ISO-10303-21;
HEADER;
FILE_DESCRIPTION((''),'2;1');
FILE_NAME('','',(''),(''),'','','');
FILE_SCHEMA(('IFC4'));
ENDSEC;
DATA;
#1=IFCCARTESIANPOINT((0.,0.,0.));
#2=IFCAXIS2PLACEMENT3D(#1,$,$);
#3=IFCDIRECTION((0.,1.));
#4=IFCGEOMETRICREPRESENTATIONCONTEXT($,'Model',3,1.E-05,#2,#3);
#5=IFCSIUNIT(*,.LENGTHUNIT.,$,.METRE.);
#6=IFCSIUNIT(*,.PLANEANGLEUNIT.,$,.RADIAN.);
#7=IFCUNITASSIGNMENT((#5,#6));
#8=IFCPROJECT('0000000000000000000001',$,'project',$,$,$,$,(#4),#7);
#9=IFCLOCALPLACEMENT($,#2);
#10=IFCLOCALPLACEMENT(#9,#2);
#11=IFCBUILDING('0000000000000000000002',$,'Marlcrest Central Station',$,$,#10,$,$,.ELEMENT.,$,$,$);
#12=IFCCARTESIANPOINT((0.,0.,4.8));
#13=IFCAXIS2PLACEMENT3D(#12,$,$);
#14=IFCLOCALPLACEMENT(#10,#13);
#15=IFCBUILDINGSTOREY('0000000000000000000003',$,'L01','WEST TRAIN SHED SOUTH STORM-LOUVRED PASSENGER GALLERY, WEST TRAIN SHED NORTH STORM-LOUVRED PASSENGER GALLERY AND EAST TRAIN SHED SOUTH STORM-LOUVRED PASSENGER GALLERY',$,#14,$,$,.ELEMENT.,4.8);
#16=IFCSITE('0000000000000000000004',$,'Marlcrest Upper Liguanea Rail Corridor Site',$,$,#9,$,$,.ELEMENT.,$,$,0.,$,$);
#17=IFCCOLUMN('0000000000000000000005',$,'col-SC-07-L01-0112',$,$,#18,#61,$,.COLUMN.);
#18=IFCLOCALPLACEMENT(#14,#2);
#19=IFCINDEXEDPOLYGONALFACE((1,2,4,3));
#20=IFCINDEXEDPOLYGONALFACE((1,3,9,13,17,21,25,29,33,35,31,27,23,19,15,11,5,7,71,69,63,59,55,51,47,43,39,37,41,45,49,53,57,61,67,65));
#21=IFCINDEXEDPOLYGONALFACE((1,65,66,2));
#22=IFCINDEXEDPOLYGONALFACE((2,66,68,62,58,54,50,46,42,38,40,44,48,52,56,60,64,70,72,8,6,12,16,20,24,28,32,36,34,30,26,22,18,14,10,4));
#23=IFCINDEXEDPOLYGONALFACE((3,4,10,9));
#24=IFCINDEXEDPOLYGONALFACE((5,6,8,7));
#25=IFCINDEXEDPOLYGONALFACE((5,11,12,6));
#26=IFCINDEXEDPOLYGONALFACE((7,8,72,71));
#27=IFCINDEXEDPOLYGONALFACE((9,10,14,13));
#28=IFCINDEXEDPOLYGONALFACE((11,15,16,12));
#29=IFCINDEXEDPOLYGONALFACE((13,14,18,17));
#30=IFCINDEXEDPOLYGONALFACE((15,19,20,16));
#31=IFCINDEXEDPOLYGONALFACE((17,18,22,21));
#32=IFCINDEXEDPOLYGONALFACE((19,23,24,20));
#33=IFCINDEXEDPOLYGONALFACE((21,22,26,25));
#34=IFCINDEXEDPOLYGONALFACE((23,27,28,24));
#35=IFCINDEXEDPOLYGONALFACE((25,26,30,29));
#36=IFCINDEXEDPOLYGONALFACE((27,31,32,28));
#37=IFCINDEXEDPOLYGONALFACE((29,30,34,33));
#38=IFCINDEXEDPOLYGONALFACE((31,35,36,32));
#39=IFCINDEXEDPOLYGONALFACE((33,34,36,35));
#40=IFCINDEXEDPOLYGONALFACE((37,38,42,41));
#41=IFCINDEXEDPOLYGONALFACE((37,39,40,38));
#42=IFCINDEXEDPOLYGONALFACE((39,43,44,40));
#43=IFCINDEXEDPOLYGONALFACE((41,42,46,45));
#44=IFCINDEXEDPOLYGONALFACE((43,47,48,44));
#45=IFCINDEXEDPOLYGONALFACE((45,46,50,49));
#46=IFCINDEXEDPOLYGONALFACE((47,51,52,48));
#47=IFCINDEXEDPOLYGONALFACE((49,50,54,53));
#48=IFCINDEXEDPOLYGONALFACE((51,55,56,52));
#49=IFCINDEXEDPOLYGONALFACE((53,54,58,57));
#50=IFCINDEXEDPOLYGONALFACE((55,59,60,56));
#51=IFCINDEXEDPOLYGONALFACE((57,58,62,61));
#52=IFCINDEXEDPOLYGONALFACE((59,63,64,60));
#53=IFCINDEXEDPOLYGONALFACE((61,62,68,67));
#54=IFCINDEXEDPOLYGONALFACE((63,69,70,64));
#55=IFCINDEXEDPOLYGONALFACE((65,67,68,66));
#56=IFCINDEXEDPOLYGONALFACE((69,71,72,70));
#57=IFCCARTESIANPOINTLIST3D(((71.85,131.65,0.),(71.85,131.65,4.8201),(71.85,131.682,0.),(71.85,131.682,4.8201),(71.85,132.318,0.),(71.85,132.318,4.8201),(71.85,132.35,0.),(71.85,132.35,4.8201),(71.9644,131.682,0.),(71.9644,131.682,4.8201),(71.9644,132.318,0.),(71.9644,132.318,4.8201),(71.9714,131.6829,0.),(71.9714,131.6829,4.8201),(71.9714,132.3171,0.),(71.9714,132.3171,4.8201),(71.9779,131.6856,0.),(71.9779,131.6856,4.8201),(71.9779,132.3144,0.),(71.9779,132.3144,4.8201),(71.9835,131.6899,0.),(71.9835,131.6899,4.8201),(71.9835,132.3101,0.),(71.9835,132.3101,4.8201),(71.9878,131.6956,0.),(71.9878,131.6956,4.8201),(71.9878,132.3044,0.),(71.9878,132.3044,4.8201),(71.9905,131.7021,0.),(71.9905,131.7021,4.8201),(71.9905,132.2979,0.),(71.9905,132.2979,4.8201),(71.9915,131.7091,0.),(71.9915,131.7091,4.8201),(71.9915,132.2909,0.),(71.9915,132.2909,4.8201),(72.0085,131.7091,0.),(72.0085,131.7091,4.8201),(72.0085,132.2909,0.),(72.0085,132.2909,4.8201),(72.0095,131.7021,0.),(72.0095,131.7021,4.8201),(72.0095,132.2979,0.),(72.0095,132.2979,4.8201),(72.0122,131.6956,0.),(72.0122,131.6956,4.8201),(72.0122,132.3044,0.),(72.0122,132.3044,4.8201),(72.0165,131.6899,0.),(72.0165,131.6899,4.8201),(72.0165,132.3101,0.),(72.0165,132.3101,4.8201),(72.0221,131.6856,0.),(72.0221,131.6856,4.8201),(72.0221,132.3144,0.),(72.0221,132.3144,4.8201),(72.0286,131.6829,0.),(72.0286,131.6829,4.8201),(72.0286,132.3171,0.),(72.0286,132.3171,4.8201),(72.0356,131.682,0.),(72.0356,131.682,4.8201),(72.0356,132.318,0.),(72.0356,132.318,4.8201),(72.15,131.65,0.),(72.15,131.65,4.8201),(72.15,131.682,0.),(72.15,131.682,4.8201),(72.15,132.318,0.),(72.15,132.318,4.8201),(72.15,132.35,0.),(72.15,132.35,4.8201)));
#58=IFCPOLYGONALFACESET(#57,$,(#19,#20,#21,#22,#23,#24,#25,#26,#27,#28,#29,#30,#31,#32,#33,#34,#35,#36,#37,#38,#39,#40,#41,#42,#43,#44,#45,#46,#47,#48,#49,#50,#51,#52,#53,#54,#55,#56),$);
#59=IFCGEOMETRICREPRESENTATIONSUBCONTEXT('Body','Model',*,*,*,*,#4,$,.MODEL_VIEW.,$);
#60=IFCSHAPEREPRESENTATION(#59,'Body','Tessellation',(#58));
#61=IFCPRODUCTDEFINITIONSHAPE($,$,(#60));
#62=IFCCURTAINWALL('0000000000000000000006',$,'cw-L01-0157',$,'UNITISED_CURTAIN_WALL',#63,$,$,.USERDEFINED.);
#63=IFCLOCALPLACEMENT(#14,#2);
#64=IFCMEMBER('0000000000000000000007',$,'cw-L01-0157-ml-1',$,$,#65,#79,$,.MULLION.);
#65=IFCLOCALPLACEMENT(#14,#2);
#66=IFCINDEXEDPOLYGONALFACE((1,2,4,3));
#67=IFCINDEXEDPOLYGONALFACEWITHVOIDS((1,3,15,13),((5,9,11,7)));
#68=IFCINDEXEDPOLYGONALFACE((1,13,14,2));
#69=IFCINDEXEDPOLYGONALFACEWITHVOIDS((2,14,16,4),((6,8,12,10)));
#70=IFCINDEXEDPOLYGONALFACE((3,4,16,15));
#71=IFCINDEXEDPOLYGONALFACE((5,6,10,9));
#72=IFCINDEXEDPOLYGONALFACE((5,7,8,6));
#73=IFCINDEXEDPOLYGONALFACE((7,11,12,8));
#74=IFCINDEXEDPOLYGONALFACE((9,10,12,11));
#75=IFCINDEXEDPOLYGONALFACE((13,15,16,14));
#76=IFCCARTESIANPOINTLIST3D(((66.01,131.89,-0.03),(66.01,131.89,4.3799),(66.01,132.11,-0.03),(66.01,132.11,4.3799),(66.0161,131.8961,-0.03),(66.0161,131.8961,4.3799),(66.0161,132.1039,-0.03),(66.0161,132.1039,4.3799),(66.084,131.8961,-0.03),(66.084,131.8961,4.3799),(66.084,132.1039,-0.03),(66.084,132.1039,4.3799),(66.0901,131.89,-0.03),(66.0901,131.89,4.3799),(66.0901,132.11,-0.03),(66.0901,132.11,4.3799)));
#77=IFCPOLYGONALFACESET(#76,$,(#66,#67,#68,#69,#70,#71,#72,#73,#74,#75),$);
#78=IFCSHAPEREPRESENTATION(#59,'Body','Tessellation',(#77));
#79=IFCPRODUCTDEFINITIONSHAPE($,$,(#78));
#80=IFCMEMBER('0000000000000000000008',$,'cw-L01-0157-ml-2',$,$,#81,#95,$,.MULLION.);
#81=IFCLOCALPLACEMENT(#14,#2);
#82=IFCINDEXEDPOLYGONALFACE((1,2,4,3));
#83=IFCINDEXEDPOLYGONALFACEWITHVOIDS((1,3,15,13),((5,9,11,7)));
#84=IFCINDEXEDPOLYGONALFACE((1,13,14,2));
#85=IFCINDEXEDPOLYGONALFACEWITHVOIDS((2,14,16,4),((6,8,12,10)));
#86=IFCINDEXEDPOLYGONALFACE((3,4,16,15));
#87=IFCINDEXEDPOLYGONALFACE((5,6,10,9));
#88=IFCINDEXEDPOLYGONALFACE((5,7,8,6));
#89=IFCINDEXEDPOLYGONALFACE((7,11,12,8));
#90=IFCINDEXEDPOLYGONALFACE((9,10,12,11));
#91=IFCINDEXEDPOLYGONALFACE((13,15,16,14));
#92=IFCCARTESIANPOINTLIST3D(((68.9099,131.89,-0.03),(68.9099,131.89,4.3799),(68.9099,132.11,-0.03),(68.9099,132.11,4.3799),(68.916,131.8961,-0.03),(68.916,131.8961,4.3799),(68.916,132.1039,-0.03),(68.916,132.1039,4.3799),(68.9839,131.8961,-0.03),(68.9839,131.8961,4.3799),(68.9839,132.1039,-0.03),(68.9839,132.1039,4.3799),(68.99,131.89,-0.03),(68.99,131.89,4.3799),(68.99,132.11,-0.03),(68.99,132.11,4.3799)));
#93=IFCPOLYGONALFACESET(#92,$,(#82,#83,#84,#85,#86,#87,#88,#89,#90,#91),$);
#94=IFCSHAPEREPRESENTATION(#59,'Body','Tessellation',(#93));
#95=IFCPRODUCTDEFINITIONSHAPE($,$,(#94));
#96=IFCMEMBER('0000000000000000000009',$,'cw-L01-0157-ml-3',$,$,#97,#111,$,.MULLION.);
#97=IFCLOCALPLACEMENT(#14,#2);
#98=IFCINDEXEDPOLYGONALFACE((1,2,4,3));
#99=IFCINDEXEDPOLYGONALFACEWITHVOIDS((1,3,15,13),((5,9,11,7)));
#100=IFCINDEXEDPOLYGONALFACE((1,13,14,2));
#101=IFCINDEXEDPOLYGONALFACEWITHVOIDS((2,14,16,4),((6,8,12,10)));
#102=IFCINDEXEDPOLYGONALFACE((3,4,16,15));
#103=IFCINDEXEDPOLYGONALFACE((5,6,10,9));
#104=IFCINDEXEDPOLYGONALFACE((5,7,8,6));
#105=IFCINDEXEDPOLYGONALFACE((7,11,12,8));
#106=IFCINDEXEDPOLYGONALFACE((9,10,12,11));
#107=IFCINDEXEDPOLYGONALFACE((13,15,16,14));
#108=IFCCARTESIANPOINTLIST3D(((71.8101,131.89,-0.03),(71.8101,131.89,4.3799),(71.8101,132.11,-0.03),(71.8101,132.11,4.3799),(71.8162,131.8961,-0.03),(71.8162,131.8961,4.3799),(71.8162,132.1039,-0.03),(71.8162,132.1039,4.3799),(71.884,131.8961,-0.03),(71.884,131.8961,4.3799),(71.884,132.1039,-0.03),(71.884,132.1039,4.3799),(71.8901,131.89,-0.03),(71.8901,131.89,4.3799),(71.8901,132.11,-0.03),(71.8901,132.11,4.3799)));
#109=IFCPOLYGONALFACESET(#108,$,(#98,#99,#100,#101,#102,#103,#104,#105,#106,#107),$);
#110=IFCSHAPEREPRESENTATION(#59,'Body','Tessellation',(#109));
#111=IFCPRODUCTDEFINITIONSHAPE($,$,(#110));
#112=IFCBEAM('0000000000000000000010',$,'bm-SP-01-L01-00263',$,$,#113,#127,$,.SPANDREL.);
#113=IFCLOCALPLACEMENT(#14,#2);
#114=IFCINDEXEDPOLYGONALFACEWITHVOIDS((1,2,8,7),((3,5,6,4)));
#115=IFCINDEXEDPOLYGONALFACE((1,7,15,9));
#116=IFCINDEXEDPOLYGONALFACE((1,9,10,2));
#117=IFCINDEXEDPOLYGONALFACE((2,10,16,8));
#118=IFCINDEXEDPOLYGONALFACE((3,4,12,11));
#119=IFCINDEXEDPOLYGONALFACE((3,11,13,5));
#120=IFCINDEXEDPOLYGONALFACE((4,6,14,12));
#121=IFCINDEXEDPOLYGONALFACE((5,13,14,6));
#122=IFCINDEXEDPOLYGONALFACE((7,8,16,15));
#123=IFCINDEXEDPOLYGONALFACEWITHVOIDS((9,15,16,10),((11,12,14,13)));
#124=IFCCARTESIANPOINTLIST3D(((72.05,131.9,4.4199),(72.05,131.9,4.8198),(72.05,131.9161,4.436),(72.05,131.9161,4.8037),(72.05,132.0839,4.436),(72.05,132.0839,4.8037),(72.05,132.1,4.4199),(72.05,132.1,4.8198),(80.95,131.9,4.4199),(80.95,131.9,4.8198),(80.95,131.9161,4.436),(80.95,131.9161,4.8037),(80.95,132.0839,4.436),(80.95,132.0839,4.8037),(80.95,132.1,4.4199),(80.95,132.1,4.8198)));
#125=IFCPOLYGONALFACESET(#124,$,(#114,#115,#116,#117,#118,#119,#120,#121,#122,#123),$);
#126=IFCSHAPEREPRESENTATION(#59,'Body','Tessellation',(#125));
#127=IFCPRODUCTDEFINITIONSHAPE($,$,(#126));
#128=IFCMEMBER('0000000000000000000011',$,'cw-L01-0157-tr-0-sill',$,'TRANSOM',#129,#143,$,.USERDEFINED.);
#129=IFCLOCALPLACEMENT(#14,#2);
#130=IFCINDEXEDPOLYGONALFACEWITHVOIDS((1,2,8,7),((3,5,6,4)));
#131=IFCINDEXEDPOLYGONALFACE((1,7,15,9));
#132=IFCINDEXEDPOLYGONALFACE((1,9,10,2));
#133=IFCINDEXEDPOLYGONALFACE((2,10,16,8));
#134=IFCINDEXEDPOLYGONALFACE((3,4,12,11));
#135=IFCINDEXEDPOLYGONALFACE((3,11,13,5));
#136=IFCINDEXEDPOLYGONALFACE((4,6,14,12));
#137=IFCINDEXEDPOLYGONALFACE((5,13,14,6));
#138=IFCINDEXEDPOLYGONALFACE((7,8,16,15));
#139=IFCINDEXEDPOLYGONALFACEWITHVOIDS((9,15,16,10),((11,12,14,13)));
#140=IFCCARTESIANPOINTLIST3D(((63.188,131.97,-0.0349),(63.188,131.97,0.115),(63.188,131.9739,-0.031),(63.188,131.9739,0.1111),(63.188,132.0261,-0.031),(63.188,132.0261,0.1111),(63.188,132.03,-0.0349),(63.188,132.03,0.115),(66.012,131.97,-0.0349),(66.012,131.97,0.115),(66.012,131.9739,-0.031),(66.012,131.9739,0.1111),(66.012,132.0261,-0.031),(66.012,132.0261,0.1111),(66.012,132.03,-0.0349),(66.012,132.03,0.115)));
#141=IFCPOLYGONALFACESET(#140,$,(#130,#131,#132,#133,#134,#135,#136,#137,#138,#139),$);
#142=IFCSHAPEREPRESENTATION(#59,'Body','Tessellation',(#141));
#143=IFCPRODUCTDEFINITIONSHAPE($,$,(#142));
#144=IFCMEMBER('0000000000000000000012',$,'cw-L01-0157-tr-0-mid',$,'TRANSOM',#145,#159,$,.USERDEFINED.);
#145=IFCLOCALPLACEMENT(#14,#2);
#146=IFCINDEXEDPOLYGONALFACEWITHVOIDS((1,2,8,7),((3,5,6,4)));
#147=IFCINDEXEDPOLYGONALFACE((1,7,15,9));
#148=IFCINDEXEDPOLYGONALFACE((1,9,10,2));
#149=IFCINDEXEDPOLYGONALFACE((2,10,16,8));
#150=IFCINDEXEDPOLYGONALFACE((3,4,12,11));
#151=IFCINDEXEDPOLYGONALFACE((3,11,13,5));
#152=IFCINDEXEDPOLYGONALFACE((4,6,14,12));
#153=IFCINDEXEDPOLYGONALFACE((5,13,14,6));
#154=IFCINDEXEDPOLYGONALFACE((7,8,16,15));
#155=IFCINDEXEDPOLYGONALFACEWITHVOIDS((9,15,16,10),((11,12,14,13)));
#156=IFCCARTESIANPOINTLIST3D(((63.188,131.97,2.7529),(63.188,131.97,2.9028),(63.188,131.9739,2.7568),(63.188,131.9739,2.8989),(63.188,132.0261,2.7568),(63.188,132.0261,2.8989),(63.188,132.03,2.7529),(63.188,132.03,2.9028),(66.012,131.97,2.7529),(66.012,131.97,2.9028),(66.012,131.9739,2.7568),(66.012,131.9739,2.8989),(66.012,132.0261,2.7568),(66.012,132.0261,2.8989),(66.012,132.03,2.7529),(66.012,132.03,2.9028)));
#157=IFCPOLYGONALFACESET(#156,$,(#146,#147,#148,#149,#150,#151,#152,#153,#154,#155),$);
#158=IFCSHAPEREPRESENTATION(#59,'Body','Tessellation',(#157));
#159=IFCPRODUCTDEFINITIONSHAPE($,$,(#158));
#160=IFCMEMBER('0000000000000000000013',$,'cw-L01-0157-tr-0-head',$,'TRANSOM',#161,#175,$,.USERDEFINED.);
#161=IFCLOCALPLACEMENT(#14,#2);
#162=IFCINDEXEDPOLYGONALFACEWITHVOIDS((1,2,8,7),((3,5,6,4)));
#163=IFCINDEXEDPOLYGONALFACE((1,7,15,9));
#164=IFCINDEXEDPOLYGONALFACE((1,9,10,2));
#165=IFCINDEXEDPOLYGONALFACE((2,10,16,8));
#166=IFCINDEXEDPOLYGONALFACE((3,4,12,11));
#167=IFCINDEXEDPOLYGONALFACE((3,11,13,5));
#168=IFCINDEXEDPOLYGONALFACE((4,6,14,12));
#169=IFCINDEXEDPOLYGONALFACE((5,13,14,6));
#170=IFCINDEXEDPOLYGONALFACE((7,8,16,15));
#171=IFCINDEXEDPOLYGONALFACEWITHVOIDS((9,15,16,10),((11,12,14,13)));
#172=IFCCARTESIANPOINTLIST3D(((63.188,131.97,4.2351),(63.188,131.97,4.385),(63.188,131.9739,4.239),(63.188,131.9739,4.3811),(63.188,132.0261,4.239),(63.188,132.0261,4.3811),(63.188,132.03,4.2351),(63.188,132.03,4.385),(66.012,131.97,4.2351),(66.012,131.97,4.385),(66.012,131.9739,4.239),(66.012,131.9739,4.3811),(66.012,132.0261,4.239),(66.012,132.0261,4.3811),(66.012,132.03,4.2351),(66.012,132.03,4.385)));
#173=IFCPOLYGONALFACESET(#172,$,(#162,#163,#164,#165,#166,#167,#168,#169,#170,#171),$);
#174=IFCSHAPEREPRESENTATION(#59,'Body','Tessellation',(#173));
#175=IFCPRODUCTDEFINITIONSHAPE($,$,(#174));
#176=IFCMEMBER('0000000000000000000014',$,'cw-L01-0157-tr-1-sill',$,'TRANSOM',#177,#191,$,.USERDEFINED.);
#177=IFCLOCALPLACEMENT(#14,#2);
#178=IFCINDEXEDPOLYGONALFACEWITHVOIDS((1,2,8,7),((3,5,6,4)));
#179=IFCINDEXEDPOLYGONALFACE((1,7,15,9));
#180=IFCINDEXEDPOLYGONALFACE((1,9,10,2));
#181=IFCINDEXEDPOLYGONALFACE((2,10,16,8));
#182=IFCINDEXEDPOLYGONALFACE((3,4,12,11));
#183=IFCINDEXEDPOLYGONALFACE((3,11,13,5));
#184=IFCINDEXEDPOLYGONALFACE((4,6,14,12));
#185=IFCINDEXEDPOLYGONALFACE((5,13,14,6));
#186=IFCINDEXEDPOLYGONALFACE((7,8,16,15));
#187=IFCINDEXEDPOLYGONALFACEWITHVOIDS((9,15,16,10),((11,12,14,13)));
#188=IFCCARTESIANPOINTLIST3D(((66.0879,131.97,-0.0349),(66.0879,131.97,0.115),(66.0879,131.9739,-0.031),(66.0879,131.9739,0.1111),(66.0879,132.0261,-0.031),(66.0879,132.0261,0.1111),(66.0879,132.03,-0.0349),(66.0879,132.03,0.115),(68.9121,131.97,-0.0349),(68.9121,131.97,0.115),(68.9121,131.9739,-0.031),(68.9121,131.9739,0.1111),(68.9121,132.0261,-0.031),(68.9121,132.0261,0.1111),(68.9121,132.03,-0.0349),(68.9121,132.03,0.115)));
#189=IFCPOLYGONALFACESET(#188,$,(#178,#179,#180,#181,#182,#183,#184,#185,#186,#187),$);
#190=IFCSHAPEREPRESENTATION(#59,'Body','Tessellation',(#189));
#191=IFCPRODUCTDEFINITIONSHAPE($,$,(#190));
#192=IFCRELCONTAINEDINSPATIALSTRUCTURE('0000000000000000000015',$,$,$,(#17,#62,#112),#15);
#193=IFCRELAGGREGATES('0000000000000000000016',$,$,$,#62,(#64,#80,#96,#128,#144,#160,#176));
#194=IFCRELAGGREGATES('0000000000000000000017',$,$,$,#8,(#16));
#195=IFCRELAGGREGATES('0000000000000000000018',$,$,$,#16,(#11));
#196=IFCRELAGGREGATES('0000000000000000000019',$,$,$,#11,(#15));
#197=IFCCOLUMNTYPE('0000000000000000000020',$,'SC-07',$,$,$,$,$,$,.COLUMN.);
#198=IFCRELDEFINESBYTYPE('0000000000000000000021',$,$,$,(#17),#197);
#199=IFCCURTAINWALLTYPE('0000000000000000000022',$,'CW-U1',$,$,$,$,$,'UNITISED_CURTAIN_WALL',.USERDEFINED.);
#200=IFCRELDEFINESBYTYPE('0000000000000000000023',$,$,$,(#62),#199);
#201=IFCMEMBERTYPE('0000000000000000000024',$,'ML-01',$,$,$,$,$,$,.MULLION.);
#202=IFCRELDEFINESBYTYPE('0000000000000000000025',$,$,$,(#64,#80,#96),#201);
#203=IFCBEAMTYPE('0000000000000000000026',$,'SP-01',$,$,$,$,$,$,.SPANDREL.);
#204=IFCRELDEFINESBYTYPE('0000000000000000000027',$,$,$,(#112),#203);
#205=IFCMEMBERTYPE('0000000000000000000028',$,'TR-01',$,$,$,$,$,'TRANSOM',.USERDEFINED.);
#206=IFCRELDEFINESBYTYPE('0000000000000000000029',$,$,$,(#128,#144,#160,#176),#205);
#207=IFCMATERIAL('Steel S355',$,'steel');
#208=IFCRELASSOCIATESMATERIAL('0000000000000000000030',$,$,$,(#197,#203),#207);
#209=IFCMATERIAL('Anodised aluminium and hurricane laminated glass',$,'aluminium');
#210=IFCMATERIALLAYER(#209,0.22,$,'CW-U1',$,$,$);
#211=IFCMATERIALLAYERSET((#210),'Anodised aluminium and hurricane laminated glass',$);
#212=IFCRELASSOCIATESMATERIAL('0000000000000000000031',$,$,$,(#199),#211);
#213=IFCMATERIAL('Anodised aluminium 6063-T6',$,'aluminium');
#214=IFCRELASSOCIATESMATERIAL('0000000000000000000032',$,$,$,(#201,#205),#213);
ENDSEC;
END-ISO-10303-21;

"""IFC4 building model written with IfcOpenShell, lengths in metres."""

from ifc_helpers import new_model, si_unit, direction, frame, origin, origin_2d, place, context, subcontext, project, spatial, hollow_rectangle, i_section, extrude, material, layer, layer_set, material_profile, profile_set, type_object, element, aggregate, save


model = new_model("IFC4")

# Units and contexts
model_context = context("Model", 3, precision=1e-05, world=origin(), true_north=direction((0.0, 1.0)))
body_context = subcontext(model_context, "Body", "Model", "MODEL_VIEW")
ifc_project = project(units=[si_unit("LENGTHUNIT", "METRE"), si_unit("PLANEANGLEUNIT", "RADIAN")], contexts=[model_context])

# Site, building, storey
site_placement = place(None, origin())
site = spatial("IfcSite", under=ifc_project, at=site_placement, Name="Marlcrest Upper Liguanea Rail Corridor Site", CompositionType="ELEMENT", RefElevation=0.0)
building_placement = place(site_placement, origin())
building = spatial("IfcBuilding", under=site, at=building_placement, Name="Marlcrest Central Station", CompositionType="ELEMENT")
storey_placement = place(building_placement, frame((0.0, 0.0, 4.8)))
storey = spatial("IfcBuildingStorey", under=building, at=storey_placement, Name="L01", Description="WEST TRAIN SHED SOUTH STORM-LOUVRED PASSENGER GALLERY, WEST TRAIN SHED NORTH STORM-LOUVRED PASSENGER GALLERY AND EAST TRAIN SHED SOUTH STORM-LOUVRED PASSENGER GALLERY", CompositionType="ELEMENT", Elevation=4.8)

# Column
ifc_material_1 = material(Name="Steel S355", Category="steel")
ifc_material_profile_1 = material_profile(ifc_material_1, i_section(OverallWidth=0.3, OverallDepth=0.7, WebThickness=0.0171, FlangeThickness=0.032, FilletRadius=0.0271, at=origin_2d()), Name="HEB 700")
ifc_profile_set_1 = profile_set([ifc_material_profile_1], Name="Steel S355")
column_type = type_object("IfcColumnType", Name="SC-07", PredefinedType="COLUMN", material=ifc_profile_set_1)
column_placement = place(storey_placement, frame((72.0, 132.0, 0.0), z_axis=(0.0, 0.0, 1.0), x_axis=(1.0, 0.0, 0.0)))
element("IfcColumn", 1, at=column_placement, inside=storey, type_object=column_type, Name="col-SC-07-L01-0112", PredefinedType="COLUMN", context=body_context, shape_type="SweptSolid", body=[
    extrude(i_section(OverallWidth=0.3, OverallDepth=0.7, WebThickness=0.0171, FlangeThickness=0.032, FilletRadius=0.0271, at=origin_2d()), origin(), (0.0, 0.0, 1.0), 4.8201),
])

# Curtain wall, members
ifc_material_2 = material(Name="Anodised aluminium and hurricane laminated glass", Category="aluminium")
ifc_layer_1 = layer(ifc_material_2, 0.22, Name="CW-U1")
ifc_layer_set_1 = layer_set([ifc_layer_1], Name="Anodised aluminium and hurricane laminated glass")
curtain_wall_type = type_object("IfcCurtainWallType", Name="CW-U1", ElementType="UNITISED_CURTAIN_WALL", PredefinedType="USERDEFINED", material=ifc_layer_set_1)
curtain_wall_placement = place(storey_placement, origin())
curtain_wall = element("IfcCurtainWall", 2, at=curtain_wall_placement, inside=storey, type_object=curtain_wall_type, Name="cw-L01-0157", ObjectType="UNITISED_CURTAIN_WALL", PredefinedType="USERDEFINED")
ifc_material_3 = material(Name="Anodised aluminium 6063-T6", Category="aluminium")
ifc_material_profile_2 = material_profile(ifc_material_3, hollow_rectangle(XDim=0.0801, YDim=0.22, WallThickness=0.0061, at=origin_2d()), Name="AA-RHS 220x80x6")
ifc_profile_set_2 = profile_set([ifc_material_profile_2], Name="Anodised aluminium 6063-T6")
member_type_1 = type_object("IfcMemberType", Name="ML-01", PredefinedType="MULLION", material=ifc_profile_set_2)
member_1_placement = place(storey_placement, frame((66.05, 132.0, -0.03), z_axis=(0.0, 0.0, 1.0), x_axis=(1.0, 0.0, 0.0)))
member_1 = element("IfcMember", 3, at=member_1_placement, type_object=member_type_1, Name="cw-L01-0157-ml-1", PredefinedType="MULLION", context=body_context, shape_type="SweptSolid", body=[
    extrude(hollow_rectangle(XDim=0.0801, YDim=0.22, WallThickness=0.0061, at=origin_2d()), origin(), (0.0, 0.0, 1.0), 4.4099),
])
member_2_placement = place(storey_placement, frame((68.95, 132.0, -0.03), z_axis=(0.0, 0.0, 1.0), x_axis=(1.0, 0.0, 0.0)))
member_2 = element("IfcMember", 4, at=member_2_placement, type_object=member_type_1, Name="cw-L01-0157-ml-2", PredefinedType="MULLION", context=body_context, shape_type="SweptSolid", body=[
    extrude(hollow_rectangle(XDim=0.0801, YDim=0.22, WallThickness=0.0061, at=origin_2d()), origin(), (0.0, 0.0, 1.0), 4.4099),
])
member_3_placement = place(storey_placement, frame((71.8501, 132.0, -0.03), z_axis=(0.0, 0.0, 1.0), x_axis=(1.0, 0.0, 0.0)))
member_3 = element("IfcMember", 5, at=member_3_placement, type_object=member_type_1, Name="cw-L01-0157-ml-3", PredefinedType="MULLION", context=body_context, shape_type="SweptSolid", body=[
    extrude(hollow_rectangle(XDim=0.0801, YDim=0.22, WallThickness=0.0061, at=origin_2d()), origin(), (0.0, 0.0, 1.0), 4.4099),
])

# Beam
ifc_material_profile_3 = material_profile(ifc_material_1, hollow_rectangle(XDim=0.2, YDim=0.3999, WallThickness=0.0161, at=origin_2d()), Name="RHS 400x200x16")
ifc_profile_set_3 = profile_set([ifc_material_profile_3], Name="Steel S355")
beam_type = type_object("IfcBeamType", Name="SP-01", PredefinedType="SPANDREL", material=ifc_profile_set_3)
beam_placement = place(storey_placement, frame((72.05, 132.0, 4.6199), z_axis=(1.0, 0.0, 0.0), x_axis=(0.0, 1.0, 0.0)))
element("IfcBeam", 6, at=beam_placement, inside=storey, type_object=beam_type, Name="bm-SP-01-L01-00263", PredefinedType="SPANDREL", context=body_context, shape_type="SweptSolid", body=[
    extrude(hollow_rectangle(XDim=0.2, YDim=0.3999, WallThickness=0.0161, at=origin_2d()), origin(), (0.0, 0.0, 1.0), 8.8999),
])

# Members
ifc_material_profile_4 = material_profile(ifc_material_3, hollow_rectangle(XDim=0.0601, YDim=0.1499, WallThickness=0.0039, at=origin_2d()), Name="AA-RHS 150x60x4")
ifc_profile_set_4 = profile_set([ifc_material_profile_4], Name="Anodised aluminium 6063-T6")
member_type_2 = type_object("IfcMemberType", Name="TR-01", ElementType="TRANSOM", PredefinedType="USERDEFINED", material=ifc_profile_set_4)
member_4_placement = place(storey_placement, frame((63.188, 132.0, 0.04), z_axis=(1.0, 0.0, 0.0), x_axis=(0.0, 1.0, 0.0)))
member_4 = element("IfcMember", 7, at=member_4_placement, type_object=member_type_2, Name="cw-L01-0157-tr-0-sill", ObjectType="TRANSOM", PredefinedType="USERDEFINED", context=body_context, shape_type="SweptSolid", body=[
    extrude(hollow_rectangle(XDim=0.0601, YDim=0.1499, WallThickness=0.0039, at=origin_2d()), origin(), (0.0, 0.0, 1.0), 2.824),
])
member_5_placement = place(storey_placement, frame((63.188, 132.0, 2.8279), z_axis=(1.0, 0.0, 0.0), x_axis=(0.0, 1.0, 0.0)))
member_5 = element("IfcMember", 8, at=member_5_placement, type_object=member_type_2, Name="cw-L01-0157-tr-0-mid", ObjectType="TRANSOM", PredefinedType="USERDEFINED", context=body_context, shape_type="SweptSolid", body=[
    extrude(hollow_rectangle(XDim=0.0601, YDim=0.1499, WallThickness=0.0039, at=origin_2d()), origin(), (0.0, 0.0, 1.0), 2.824),
])
member_6_placement = place(storey_placement, frame((63.188, 132.0, 4.3101), z_axis=(1.0, 0.0, 0.0), x_axis=(0.0, 1.0, 0.0)))
member_6 = element("IfcMember", 9, at=member_6_placement, type_object=member_type_2, Name="cw-L01-0157-tr-0-head", ObjectType="TRANSOM", PredefinedType="USERDEFINED", context=body_context, shape_type="SweptSolid", body=[
    extrude(hollow_rectangle(XDim=0.0601, YDim=0.1499, WallThickness=0.0039, at=origin_2d()), origin(), (0.0, 0.0, 1.0), 2.824),
])
member_7_placement = place(storey_placement, frame((66.0879, 132.0, 0.04), z_axis=(1.0, 0.0, 0.0), x_axis=(0.0, 1.0, 0.0)))
member_7 = element("IfcMember", 10, at=member_7_placement, type_object=member_type_2, Name="cw-L01-0157-tr-1-sill", ObjectType="TRANSOM", PredefinedType="USERDEFINED", context=body_context, shape_type="SweptSolid", body=[
    extrude(hollow_rectangle(XDim=0.0601, YDim=0.1499, WallThickness=0.0039, at=origin_2d()), origin(), (0.0, 0.0, 1.0), 2.8242),
])

aggregate(curtain_wall, [member_1, member_2, member_3, member_4, member_5, member_6, member_7])

save(model, "model.ifc")
